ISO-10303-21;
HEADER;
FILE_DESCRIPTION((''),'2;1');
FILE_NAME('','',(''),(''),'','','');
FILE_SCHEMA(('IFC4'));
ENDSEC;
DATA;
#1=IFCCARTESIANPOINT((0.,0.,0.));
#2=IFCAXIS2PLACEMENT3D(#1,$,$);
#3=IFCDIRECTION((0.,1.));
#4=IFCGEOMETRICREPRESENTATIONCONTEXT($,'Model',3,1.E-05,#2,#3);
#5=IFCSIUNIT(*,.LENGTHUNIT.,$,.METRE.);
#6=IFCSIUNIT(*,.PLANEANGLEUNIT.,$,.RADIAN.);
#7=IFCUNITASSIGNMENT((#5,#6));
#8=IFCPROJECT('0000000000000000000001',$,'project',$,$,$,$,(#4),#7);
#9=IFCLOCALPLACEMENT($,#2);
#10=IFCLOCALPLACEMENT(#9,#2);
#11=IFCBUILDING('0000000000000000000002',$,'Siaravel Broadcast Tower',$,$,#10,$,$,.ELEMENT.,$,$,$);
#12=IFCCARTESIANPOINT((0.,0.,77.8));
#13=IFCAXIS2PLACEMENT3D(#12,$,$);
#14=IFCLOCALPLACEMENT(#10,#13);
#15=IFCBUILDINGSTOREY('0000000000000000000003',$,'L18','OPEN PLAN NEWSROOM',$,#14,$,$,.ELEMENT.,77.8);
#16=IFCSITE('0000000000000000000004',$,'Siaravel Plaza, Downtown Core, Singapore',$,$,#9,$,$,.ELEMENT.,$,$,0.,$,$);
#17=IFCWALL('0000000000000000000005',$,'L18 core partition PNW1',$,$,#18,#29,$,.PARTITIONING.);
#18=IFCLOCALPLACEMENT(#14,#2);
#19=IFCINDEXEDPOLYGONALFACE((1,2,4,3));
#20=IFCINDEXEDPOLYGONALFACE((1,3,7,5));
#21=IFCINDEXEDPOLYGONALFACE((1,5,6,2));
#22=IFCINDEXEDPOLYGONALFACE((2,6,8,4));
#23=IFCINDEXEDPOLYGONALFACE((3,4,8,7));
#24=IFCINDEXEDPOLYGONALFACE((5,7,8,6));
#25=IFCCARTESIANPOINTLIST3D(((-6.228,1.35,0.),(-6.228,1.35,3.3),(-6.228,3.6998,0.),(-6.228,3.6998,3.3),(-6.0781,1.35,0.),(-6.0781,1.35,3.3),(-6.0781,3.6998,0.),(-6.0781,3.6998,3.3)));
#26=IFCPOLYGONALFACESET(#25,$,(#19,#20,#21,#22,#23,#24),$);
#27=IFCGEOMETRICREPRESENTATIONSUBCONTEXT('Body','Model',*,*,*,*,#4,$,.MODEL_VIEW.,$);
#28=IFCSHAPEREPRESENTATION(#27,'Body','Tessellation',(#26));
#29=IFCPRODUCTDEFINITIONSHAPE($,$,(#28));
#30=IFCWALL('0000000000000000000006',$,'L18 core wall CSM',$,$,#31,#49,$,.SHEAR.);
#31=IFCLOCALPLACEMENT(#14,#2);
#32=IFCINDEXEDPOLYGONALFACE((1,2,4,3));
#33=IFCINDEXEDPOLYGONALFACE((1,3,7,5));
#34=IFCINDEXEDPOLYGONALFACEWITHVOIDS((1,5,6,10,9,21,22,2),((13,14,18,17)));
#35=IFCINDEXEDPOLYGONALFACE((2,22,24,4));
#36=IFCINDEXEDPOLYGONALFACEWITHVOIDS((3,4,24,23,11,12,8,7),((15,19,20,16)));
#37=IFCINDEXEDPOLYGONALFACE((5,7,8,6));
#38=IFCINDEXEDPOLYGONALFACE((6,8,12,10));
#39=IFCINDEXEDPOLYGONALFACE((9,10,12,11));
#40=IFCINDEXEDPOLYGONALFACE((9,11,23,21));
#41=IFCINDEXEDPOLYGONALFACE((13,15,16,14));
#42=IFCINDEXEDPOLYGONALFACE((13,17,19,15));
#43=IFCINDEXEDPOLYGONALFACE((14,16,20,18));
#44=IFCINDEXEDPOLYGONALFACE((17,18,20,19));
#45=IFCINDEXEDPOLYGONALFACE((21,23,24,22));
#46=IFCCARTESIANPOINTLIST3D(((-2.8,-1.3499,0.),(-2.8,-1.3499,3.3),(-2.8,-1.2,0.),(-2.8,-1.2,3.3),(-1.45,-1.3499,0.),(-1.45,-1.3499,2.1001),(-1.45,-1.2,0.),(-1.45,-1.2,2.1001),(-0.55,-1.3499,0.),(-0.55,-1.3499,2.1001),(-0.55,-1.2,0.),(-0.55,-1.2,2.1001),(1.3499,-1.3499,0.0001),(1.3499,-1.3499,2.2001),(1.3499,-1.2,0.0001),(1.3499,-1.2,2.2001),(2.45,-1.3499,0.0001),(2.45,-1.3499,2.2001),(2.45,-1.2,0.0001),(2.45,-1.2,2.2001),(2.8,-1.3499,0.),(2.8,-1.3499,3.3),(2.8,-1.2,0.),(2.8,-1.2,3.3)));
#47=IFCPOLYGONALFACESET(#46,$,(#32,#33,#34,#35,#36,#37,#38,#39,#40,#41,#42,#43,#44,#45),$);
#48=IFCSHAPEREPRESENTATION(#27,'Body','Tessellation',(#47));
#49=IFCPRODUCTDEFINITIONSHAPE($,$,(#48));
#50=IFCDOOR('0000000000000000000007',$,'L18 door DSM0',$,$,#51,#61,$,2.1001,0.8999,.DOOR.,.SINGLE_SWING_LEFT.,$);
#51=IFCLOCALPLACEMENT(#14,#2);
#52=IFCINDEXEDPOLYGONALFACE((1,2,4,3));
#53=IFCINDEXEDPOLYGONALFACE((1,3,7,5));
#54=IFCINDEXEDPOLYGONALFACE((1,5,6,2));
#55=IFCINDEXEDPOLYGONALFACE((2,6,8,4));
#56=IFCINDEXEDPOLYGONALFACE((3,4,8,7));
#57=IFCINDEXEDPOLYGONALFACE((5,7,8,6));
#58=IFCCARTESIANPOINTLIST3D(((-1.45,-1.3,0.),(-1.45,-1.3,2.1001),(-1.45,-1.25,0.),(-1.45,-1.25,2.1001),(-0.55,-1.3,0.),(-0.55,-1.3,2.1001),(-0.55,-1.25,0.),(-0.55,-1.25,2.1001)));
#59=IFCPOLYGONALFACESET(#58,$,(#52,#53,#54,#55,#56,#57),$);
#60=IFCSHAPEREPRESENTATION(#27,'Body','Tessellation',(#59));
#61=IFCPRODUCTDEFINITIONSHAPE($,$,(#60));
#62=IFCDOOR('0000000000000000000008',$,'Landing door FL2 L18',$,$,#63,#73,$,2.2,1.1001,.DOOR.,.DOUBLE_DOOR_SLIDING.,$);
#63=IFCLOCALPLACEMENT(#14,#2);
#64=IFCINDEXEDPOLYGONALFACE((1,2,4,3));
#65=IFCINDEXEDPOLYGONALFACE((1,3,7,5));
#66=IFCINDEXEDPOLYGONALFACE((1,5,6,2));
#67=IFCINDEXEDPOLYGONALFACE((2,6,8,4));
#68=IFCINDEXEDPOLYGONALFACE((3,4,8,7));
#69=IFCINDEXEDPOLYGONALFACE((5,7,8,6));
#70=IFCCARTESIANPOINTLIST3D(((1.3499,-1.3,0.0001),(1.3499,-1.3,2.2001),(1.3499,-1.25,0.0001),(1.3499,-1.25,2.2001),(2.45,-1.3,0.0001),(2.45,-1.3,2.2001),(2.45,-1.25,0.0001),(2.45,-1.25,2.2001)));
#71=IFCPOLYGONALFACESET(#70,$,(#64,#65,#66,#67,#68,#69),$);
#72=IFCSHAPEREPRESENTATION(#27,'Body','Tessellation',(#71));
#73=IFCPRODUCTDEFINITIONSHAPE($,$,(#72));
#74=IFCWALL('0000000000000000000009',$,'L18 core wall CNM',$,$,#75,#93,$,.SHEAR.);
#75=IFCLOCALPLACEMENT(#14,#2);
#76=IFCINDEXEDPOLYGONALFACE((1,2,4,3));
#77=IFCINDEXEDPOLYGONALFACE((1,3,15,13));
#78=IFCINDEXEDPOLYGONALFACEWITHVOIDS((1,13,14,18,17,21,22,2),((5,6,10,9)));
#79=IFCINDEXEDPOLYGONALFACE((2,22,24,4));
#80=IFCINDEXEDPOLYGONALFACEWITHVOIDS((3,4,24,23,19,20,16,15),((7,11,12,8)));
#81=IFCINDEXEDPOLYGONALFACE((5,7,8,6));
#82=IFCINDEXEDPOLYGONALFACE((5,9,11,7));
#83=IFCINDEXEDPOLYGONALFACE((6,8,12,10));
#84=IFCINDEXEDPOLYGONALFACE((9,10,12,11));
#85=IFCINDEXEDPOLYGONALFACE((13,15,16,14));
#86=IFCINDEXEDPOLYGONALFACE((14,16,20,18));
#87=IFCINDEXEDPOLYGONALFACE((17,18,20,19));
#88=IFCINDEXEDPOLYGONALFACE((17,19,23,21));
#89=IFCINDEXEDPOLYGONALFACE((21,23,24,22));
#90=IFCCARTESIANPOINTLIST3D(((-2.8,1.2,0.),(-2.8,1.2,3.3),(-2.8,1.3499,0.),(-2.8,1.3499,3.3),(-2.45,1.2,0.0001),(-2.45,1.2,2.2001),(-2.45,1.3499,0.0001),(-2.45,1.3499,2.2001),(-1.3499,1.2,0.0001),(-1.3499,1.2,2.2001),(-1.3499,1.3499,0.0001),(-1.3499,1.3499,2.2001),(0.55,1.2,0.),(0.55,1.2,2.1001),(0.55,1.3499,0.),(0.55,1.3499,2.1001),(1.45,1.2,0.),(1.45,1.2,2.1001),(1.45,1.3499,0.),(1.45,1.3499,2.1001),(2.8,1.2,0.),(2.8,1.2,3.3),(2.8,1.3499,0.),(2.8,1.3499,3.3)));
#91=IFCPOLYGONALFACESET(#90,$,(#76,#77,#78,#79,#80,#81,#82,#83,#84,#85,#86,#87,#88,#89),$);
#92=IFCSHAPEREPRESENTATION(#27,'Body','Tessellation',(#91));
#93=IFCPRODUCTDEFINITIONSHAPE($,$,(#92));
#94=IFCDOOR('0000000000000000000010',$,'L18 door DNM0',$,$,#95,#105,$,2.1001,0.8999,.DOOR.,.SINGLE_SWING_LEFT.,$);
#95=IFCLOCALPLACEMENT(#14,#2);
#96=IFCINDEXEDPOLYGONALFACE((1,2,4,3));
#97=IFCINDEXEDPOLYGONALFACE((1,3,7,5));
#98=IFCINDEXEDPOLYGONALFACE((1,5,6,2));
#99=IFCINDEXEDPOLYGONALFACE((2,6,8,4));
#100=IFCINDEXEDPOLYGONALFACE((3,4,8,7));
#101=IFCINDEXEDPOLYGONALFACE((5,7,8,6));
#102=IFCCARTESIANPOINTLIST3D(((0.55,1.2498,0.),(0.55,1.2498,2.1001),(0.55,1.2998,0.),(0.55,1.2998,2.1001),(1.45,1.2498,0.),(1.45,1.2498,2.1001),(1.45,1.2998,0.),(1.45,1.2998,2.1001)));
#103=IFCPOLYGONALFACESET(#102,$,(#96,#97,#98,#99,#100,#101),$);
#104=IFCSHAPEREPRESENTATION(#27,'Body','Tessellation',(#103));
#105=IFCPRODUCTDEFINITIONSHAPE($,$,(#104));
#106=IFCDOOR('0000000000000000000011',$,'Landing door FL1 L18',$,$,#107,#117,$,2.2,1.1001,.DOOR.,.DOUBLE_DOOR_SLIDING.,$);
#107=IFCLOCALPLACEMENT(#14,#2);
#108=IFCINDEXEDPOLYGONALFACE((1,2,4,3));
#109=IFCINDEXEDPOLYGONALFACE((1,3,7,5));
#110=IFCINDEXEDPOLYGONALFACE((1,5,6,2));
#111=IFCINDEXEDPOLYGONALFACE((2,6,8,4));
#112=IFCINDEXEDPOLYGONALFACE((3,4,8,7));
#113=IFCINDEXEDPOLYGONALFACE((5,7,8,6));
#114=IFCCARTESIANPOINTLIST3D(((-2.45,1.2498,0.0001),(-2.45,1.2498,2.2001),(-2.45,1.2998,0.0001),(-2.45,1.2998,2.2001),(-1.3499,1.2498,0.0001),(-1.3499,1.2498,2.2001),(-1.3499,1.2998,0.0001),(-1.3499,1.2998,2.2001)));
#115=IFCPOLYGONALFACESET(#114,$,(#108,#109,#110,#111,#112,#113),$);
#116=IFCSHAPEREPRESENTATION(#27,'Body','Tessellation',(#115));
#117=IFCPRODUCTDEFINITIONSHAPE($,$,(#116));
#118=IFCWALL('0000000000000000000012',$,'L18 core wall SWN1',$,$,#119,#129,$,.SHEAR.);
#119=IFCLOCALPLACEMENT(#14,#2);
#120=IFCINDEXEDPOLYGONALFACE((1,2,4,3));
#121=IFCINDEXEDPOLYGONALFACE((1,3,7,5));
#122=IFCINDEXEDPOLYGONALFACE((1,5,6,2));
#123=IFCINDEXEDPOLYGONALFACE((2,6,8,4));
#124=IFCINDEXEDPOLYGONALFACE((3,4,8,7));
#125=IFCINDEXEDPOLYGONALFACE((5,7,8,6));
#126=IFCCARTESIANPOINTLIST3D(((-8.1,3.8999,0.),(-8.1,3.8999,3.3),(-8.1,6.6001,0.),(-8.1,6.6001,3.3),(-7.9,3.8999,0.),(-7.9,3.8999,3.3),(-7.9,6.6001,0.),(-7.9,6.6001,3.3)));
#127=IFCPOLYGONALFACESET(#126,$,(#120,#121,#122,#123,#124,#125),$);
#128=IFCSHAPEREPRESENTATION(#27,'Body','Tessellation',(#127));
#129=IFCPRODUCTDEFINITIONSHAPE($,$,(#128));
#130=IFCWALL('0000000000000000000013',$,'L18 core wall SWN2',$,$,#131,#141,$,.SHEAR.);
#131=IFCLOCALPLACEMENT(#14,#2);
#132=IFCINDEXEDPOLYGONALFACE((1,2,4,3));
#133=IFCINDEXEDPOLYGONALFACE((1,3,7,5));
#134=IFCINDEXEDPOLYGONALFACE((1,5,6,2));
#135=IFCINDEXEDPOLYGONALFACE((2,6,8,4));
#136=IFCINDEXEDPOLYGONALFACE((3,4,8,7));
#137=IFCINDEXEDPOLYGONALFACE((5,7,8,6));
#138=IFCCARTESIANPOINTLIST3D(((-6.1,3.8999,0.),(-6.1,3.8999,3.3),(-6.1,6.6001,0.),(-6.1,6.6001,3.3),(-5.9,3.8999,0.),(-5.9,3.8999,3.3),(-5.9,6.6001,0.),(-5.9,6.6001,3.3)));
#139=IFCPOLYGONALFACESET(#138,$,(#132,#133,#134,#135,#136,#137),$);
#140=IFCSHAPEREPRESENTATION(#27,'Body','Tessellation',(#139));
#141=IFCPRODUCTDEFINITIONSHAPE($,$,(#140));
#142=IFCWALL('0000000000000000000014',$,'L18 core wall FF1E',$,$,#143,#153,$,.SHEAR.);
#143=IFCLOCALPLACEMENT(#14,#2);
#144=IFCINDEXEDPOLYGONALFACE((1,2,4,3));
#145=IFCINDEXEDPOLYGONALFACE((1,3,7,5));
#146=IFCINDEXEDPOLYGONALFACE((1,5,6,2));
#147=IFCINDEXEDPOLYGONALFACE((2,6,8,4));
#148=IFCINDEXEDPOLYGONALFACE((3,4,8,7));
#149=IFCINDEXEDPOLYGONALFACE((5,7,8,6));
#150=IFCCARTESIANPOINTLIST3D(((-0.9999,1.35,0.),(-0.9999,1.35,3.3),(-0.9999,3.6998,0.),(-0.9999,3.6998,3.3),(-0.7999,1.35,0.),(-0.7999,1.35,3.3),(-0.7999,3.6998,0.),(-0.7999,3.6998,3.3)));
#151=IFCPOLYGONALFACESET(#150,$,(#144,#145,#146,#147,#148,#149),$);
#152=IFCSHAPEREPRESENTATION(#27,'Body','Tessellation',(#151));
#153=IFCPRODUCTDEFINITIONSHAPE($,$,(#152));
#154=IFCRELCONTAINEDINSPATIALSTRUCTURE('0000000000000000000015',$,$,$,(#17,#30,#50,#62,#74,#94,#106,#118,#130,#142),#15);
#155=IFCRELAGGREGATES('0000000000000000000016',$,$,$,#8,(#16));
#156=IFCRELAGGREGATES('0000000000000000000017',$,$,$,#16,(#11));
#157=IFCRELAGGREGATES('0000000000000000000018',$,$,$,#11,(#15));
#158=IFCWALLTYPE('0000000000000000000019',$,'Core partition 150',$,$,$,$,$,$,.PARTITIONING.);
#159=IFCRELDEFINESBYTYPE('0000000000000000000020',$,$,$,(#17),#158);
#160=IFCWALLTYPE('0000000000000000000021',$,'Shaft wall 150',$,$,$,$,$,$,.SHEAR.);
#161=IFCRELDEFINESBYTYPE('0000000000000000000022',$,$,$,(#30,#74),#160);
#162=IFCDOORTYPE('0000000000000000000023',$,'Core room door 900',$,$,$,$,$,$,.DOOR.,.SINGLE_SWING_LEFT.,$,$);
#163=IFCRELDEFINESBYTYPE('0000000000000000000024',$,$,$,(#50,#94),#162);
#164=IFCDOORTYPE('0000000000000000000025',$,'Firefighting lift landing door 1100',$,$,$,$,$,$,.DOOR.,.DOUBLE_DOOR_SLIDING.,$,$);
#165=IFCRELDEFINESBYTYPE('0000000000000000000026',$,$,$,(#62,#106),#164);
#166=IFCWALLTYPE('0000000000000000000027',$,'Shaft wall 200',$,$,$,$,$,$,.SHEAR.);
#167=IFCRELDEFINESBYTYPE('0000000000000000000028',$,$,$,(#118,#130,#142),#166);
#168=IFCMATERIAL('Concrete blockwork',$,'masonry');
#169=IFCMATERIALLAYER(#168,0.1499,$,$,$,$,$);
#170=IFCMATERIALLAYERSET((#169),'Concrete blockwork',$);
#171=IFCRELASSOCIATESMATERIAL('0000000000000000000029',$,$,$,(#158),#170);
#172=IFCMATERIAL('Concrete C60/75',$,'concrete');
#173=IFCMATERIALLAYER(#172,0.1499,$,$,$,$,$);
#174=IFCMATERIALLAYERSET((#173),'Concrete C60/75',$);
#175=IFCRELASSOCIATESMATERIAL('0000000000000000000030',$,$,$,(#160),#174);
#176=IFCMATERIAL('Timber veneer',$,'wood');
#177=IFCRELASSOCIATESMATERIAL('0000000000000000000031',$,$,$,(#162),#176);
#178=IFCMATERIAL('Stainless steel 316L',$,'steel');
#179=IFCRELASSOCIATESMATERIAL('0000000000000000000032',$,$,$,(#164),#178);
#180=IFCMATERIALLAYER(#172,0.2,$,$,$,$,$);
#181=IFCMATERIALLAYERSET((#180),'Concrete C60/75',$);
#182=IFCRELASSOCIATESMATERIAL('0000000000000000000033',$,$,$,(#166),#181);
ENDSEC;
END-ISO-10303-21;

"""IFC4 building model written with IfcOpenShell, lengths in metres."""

from ifc_helpers import new_model, si_unit, direction, frame, frame_2d, origin, place, context, subcontext, project, spatial, rectangle, extrude, material, layer, layer_set, type_object, element, fill, save


model = new_model("IFC4")

# Units and contexts
model_context = context("Model", 3, precision=1e-05, world=origin(), true_north=direction((0.0, 1.0)))
body_context = subcontext(model_context, "Body", "Model", "MODEL_VIEW")
ifc_project = project(units=[si_unit("LENGTHUNIT", "METRE"), si_unit("PLANEANGLEUNIT", "RADIAN")], contexts=[model_context])

# Site, building, storey
site_placement = place(None, origin())
site = spatial("IfcSite", under=ifc_project, at=site_placement, Name="Siaravel Plaza, Downtown Core, Singapore", CompositionType="ELEMENT", RefElevation=0.0)
building_placement = place(site_placement, origin())
building = spatial("IfcBuilding", under=site, at=building_placement, Name="Siaravel Broadcast Tower", CompositionType="ELEMENT")
storey_placement = place(building_placement, frame((0.0, 0.0, 77.8)))
storey = spatial("IfcBuildingStorey", under=building, at=storey_placement, Name="L18", Description="OPEN PLAN NEWSROOM", CompositionType="ELEMENT", Elevation=77.8)

# Wall
ifc_material_1 = material(Name="Concrete blockwork", Category="masonry")
ifc_layer_1 = layer(ifc_material_1, 0.1499)
ifc_layer_set_1 = layer_set([ifc_layer_1], Name="Concrete blockwork")
wall_type_1 = type_object("IfcWallType", Name="Core partition 150", PredefinedType="PARTITIONING", material=ifc_layer_set_1)
wall_1_placement = place(storey_placement, frame((-6.1531, 1.3501, 0.0), z_axis=(0.0, 0.0, 1.0), x_axis=(0.0, 1.0, 0.0)))
element("IfcWall", 1, at=wall_1_placement, inside=storey, type_object=wall_type_1, Name="L18 core partition PNW1", PredefinedType="PARTITIONING", context=body_context, shape_type="SweptSolid", body=[
    extrude(rectangle(XDim=2.3499, YDim=0.1499, at=frame_2d((1.1748, 0.0))), origin(), (0.0, 0.0, 1.0), 3.3),
])

# Shared definitions
ifc_material_2 = material(Name="Timber veneer", Category="wood")

# Walls, openings, doors
ifc_material_3 = material(Name="Concrete C60/75", Category="concrete")
ifc_layer_2 = layer(ifc_material_3, 0.1499)
ifc_layer_set_2 = layer_set([ifc_layer_2], Name="Concrete C60/75")
wall_type_2 = type_object("IfcWallType", Name="Shaft wall 150", PredefinedType="SHEAR", material=ifc_layer_set_2)
wall_2_placement = place(storey_placement, frame((-2.8, -1.2749, 0.0), z_axis=(0.0, 0.0, 1.0), x_axis=(1.0, 0.0, 0.0)))
wall_2 = element("IfcWall", 2, at=wall_2_placement, inside=storey, type_object=wall_type_2, Name="L18 core wall CSM", PredefinedType="SHEAR", context=body_context, shape_type="SweptSolid", body=[
    extrude(rectangle(XDim=5.6001, YDim=0.1499, at=frame_2d((2.8, 0.0))), origin(), (0.0, 0.0, 1.0), 3.3),
])
opening_1_placement = place(wall_2_placement, frame((4.1499, 0.0, 0.0)))
opening_1 = element("IfcOpeningElement", 3, at=opening_1_placement, cuts=wall_2, PredefinedType="OPENING", context=body_context, shape_type="SweptSolid", body=[
    extrude(rectangle(XDim=1.1001, YDim=2.2, at=frame_2d((0.55, 1.1001))), frame((0.0, 0.085, 0.0), z_axis=(0.0, -1.0, 0.0), x_axis=(1.0, 0.0, 0.0)), (0.0, 0.0, 1.0), 0.1699),
])
opening_2_placement = place(wall_2_placement, frame((1.3501, 0.0, 0.0)))
opening_2 = element("IfcOpeningElement", 4, at=opening_2_placement, cuts=wall_2, PredefinedType="OPENING", context=body_context, shape_type="SweptSolid", body=[
    extrude(rectangle(XDim=0.8999, YDim=2.1001, at=frame_2d((0.45, 1.05))), frame((0.0, 0.085, 0.0), z_axis=(0.0, -1.0, 0.0), x_axis=(1.0, 0.0, 0.0)), (0.0, 0.0, 1.0), 0.1699),
])
door_type_1 = type_object("IfcDoorType", Name="Core room door 900", OperationType="SINGLE_SWING_LEFT", PredefinedType="DOOR", material=ifc_material_2)
door_1_placement = place(opening_2_placement, origin())
door_1 = element("IfcDoor", 5, at=door_1_placement, inside=storey, type_object=door_type_1, Name="L18 door DSM0", OperationType="SINGLE_SWING_LEFT", OverallHeight=2.1001, OverallWidth=0.8999, PredefinedType="DOOR", context=body_context, shape_type="SweptSolid", body=[
    extrude(rectangle(XDim=0.8999, YDim=2.1001, at=frame_2d((0.45, 1.05))), frame((0.0, 0.0249, 0.0), z_axis=(0.0, -1.0, 0.0), x_axis=(1.0, 0.0, 0.0)), (0.0, 0.0, 1.0), 0.05),
])
fill(opening_2, door_1)
ifc_material_4 = material(Name="Stainless steel 316L", Category="steel")
door_type_2 = type_object("IfcDoorType", Name="Firefighting lift landing door 1100", OperationType="DOUBLE_DOOR_SLIDING", PredefinedType="DOOR", material=ifc_material_4)
door_2_placement = place(opening_1_placement, origin())
door_2 = element("IfcDoor", 6, at=door_2_placement, inside=storey, type_object=door_type_2, Name="Landing door FL2 L18", OperationType="DOUBLE_DOOR_SLIDING", OverallHeight=2.2, OverallWidth=1.1001, PredefinedType="DOOR", context=body_context, shape_type="SweptSolid", body=[
    extrude(rectangle(XDim=1.1001, YDim=2.2, at=frame_2d((0.55, 1.1001))), frame((0.0, 0.0249, 0.0), z_axis=(0.0, -1.0, 0.0), x_axis=(1.0, 0.0, 0.0)), (0.0, 0.0, 1.0), 0.05),
])
fill(opening_1, door_2)
wall_3_placement = place(storey_placement, frame((-2.8, 1.2749, 0.0), z_axis=(0.0, 0.0, 1.0), x_axis=(1.0, 0.0, 0.0)))
wall_3 = element("IfcWall", 7, at=wall_3_placement, inside=storey, type_object=wall_type_2, Name="L18 core wall CNM", PredefinedType="SHEAR", context=body_context, shape_type="SweptSolid", body=[
    extrude(rectangle(XDim=5.6001, YDim=0.1499, at=frame_2d((2.8, 0.0))), origin(), (0.0, 0.0, 1.0), 3.3),
])
opening_3_placement = place(wall_3_placement, frame((0.3501, 0.0, 0.0)))
opening_3 = element("IfcOpeningElement", 8, at=opening_3_placement, cuts=wall_3, PredefinedType="OPENING", context=body_context, shape_type="SweptSolid", body=[
    extrude(rectangle(XDim=1.1001, YDim=2.2, at=frame_2d((0.55, 1.1001))), frame((0.0, 0.085, 0.0), z_axis=(0.0, -1.0, 0.0), x_axis=(1.0, 0.0, 0.0)), (0.0, 0.0, 1.0), 0.1699),
])
opening_4_placement = place(wall_3_placement, frame((3.3501, 0.0, 0.0)))
opening_4 = element("IfcOpeningElement", 9, at=opening_4_placement, cuts=wall_3, PredefinedType="OPENING", context=body_context, shape_type="SweptSolid", body=[
    extrude(rectangle(XDim=0.8999, YDim=2.1001, at=frame_2d((0.45, 1.05))), frame((0.0, 0.085, 0.0), z_axis=(0.0, -1.0, 0.0), x_axis=(1.0, 0.0, 0.0)), (0.0, 0.0, 1.0), 0.1699),
])
door_3_placement = place(opening_4_placement, origin())
door_3 = element("IfcDoor", 10, at=door_3_placement, inside=storey, type_object=door_type_1, Name="L18 door DNM0", OperationType="SINGLE_SWING_LEFT", OverallHeight=2.1001, OverallWidth=0.8999, PredefinedType="DOOR", context=body_context, shape_type="SweptSolid", body=[
    extrude(rectangle(XDim=0.8999, YDim=2.1001, at=frame_2d((0.45, 1.05))), frame((0.0, 0.0249, 0.0), z_axis=(0.0, -1.0, 0.0), x_axis=(1.0, 0.0, 0.0)), (0.0, 0.0, 1.0), 0.05),
])
fill(opening_4, door_3)
door_4_placement = place(opening_3_placement, origin())
door_4 = element("IfcDoor", 11, at=door_4_placement, inside=storey, type_object=door_type_2, Name="Landing door FL1 L18", OperationType="DOUBLE_DOOR_SLIDING", OverallHeight=2.2, OverallWidth=1.1001, PredefinedType="DOOR", context=body_context, shape_type="SweptSolid", body=[
    extrude(rectangle(XDim=1.1001, YDim=2.2, at=frame_2d((0.55, 1.1001))), frame((0.0, 0.0249, 0.0), z_axis=(0.0, -1.0, 0.0), x_axis=(1.0, 0.0, 0.0)), (0.0, 0.0, 1.0), 0.05),
])
fill(opening_3, door_4)

# Walls
ifc_layer_3 = layer(ifc_material_3, 0.2)
ifc_layer_set_3 = layer_set([ifc_layer_3], Name="Concrete C60/75")
wall_type_3 = type_object("IfcWallType", Name="Shaft wall 200", PredefinedType="SHEAR", material=ifc_layer_set_3)
for number, where, z_axis, x_axis, name in (
    (12, (-8.0, 3.8999, 0.0), (0.0, 0.0, 1.0), (0.0, 1.0, 0.0), "L18 core wall SWN1"),
    (13, (-6.0, 3.8999, 0.0), (0.0, 0.0, 1.0), (0.0, 1.0, 0.0), "L18 core wall SWN2"),
):
    element("IfcWall", number, at=place(storey_placement, frame(where, z_axis=z_axis, x_axis=x_axis)), inside=storey, type_object=wall_type_3, Name=name, PredefinedType="SHEAR", context=body_context, shape_type="SweptSolid", body=[
        extrude(rectangle(XDim=2.7002, YDim=0.2, at=frame_2d((1.3501, 0.0))), origin(), (0.0, 0.0, 1.0), 3.3),
    ])
wall_4_placement = place(storey_placement, frame((-0.8999, 1.3501, 0.0), z_axis=(0.0, 0.0, 1.0), x_axis=(0.0, 1.0, 0.0)))
element("IfcWall", 14, at=wall_4_placement, inside=storey, type_object=wall_type_3, Name="L18 core wall FF1E", PredefinedType="SHEAR", context=body_context, shape_type="SweptSolid", body=[
    extrude(rectangle(XDim=2.3499, YDim=0.2, at=frame_2d((1.1748, 0.0))), origin(), (0.0, 0.0, 1.0), 3.3),
])

save(model, "model.ifc")
